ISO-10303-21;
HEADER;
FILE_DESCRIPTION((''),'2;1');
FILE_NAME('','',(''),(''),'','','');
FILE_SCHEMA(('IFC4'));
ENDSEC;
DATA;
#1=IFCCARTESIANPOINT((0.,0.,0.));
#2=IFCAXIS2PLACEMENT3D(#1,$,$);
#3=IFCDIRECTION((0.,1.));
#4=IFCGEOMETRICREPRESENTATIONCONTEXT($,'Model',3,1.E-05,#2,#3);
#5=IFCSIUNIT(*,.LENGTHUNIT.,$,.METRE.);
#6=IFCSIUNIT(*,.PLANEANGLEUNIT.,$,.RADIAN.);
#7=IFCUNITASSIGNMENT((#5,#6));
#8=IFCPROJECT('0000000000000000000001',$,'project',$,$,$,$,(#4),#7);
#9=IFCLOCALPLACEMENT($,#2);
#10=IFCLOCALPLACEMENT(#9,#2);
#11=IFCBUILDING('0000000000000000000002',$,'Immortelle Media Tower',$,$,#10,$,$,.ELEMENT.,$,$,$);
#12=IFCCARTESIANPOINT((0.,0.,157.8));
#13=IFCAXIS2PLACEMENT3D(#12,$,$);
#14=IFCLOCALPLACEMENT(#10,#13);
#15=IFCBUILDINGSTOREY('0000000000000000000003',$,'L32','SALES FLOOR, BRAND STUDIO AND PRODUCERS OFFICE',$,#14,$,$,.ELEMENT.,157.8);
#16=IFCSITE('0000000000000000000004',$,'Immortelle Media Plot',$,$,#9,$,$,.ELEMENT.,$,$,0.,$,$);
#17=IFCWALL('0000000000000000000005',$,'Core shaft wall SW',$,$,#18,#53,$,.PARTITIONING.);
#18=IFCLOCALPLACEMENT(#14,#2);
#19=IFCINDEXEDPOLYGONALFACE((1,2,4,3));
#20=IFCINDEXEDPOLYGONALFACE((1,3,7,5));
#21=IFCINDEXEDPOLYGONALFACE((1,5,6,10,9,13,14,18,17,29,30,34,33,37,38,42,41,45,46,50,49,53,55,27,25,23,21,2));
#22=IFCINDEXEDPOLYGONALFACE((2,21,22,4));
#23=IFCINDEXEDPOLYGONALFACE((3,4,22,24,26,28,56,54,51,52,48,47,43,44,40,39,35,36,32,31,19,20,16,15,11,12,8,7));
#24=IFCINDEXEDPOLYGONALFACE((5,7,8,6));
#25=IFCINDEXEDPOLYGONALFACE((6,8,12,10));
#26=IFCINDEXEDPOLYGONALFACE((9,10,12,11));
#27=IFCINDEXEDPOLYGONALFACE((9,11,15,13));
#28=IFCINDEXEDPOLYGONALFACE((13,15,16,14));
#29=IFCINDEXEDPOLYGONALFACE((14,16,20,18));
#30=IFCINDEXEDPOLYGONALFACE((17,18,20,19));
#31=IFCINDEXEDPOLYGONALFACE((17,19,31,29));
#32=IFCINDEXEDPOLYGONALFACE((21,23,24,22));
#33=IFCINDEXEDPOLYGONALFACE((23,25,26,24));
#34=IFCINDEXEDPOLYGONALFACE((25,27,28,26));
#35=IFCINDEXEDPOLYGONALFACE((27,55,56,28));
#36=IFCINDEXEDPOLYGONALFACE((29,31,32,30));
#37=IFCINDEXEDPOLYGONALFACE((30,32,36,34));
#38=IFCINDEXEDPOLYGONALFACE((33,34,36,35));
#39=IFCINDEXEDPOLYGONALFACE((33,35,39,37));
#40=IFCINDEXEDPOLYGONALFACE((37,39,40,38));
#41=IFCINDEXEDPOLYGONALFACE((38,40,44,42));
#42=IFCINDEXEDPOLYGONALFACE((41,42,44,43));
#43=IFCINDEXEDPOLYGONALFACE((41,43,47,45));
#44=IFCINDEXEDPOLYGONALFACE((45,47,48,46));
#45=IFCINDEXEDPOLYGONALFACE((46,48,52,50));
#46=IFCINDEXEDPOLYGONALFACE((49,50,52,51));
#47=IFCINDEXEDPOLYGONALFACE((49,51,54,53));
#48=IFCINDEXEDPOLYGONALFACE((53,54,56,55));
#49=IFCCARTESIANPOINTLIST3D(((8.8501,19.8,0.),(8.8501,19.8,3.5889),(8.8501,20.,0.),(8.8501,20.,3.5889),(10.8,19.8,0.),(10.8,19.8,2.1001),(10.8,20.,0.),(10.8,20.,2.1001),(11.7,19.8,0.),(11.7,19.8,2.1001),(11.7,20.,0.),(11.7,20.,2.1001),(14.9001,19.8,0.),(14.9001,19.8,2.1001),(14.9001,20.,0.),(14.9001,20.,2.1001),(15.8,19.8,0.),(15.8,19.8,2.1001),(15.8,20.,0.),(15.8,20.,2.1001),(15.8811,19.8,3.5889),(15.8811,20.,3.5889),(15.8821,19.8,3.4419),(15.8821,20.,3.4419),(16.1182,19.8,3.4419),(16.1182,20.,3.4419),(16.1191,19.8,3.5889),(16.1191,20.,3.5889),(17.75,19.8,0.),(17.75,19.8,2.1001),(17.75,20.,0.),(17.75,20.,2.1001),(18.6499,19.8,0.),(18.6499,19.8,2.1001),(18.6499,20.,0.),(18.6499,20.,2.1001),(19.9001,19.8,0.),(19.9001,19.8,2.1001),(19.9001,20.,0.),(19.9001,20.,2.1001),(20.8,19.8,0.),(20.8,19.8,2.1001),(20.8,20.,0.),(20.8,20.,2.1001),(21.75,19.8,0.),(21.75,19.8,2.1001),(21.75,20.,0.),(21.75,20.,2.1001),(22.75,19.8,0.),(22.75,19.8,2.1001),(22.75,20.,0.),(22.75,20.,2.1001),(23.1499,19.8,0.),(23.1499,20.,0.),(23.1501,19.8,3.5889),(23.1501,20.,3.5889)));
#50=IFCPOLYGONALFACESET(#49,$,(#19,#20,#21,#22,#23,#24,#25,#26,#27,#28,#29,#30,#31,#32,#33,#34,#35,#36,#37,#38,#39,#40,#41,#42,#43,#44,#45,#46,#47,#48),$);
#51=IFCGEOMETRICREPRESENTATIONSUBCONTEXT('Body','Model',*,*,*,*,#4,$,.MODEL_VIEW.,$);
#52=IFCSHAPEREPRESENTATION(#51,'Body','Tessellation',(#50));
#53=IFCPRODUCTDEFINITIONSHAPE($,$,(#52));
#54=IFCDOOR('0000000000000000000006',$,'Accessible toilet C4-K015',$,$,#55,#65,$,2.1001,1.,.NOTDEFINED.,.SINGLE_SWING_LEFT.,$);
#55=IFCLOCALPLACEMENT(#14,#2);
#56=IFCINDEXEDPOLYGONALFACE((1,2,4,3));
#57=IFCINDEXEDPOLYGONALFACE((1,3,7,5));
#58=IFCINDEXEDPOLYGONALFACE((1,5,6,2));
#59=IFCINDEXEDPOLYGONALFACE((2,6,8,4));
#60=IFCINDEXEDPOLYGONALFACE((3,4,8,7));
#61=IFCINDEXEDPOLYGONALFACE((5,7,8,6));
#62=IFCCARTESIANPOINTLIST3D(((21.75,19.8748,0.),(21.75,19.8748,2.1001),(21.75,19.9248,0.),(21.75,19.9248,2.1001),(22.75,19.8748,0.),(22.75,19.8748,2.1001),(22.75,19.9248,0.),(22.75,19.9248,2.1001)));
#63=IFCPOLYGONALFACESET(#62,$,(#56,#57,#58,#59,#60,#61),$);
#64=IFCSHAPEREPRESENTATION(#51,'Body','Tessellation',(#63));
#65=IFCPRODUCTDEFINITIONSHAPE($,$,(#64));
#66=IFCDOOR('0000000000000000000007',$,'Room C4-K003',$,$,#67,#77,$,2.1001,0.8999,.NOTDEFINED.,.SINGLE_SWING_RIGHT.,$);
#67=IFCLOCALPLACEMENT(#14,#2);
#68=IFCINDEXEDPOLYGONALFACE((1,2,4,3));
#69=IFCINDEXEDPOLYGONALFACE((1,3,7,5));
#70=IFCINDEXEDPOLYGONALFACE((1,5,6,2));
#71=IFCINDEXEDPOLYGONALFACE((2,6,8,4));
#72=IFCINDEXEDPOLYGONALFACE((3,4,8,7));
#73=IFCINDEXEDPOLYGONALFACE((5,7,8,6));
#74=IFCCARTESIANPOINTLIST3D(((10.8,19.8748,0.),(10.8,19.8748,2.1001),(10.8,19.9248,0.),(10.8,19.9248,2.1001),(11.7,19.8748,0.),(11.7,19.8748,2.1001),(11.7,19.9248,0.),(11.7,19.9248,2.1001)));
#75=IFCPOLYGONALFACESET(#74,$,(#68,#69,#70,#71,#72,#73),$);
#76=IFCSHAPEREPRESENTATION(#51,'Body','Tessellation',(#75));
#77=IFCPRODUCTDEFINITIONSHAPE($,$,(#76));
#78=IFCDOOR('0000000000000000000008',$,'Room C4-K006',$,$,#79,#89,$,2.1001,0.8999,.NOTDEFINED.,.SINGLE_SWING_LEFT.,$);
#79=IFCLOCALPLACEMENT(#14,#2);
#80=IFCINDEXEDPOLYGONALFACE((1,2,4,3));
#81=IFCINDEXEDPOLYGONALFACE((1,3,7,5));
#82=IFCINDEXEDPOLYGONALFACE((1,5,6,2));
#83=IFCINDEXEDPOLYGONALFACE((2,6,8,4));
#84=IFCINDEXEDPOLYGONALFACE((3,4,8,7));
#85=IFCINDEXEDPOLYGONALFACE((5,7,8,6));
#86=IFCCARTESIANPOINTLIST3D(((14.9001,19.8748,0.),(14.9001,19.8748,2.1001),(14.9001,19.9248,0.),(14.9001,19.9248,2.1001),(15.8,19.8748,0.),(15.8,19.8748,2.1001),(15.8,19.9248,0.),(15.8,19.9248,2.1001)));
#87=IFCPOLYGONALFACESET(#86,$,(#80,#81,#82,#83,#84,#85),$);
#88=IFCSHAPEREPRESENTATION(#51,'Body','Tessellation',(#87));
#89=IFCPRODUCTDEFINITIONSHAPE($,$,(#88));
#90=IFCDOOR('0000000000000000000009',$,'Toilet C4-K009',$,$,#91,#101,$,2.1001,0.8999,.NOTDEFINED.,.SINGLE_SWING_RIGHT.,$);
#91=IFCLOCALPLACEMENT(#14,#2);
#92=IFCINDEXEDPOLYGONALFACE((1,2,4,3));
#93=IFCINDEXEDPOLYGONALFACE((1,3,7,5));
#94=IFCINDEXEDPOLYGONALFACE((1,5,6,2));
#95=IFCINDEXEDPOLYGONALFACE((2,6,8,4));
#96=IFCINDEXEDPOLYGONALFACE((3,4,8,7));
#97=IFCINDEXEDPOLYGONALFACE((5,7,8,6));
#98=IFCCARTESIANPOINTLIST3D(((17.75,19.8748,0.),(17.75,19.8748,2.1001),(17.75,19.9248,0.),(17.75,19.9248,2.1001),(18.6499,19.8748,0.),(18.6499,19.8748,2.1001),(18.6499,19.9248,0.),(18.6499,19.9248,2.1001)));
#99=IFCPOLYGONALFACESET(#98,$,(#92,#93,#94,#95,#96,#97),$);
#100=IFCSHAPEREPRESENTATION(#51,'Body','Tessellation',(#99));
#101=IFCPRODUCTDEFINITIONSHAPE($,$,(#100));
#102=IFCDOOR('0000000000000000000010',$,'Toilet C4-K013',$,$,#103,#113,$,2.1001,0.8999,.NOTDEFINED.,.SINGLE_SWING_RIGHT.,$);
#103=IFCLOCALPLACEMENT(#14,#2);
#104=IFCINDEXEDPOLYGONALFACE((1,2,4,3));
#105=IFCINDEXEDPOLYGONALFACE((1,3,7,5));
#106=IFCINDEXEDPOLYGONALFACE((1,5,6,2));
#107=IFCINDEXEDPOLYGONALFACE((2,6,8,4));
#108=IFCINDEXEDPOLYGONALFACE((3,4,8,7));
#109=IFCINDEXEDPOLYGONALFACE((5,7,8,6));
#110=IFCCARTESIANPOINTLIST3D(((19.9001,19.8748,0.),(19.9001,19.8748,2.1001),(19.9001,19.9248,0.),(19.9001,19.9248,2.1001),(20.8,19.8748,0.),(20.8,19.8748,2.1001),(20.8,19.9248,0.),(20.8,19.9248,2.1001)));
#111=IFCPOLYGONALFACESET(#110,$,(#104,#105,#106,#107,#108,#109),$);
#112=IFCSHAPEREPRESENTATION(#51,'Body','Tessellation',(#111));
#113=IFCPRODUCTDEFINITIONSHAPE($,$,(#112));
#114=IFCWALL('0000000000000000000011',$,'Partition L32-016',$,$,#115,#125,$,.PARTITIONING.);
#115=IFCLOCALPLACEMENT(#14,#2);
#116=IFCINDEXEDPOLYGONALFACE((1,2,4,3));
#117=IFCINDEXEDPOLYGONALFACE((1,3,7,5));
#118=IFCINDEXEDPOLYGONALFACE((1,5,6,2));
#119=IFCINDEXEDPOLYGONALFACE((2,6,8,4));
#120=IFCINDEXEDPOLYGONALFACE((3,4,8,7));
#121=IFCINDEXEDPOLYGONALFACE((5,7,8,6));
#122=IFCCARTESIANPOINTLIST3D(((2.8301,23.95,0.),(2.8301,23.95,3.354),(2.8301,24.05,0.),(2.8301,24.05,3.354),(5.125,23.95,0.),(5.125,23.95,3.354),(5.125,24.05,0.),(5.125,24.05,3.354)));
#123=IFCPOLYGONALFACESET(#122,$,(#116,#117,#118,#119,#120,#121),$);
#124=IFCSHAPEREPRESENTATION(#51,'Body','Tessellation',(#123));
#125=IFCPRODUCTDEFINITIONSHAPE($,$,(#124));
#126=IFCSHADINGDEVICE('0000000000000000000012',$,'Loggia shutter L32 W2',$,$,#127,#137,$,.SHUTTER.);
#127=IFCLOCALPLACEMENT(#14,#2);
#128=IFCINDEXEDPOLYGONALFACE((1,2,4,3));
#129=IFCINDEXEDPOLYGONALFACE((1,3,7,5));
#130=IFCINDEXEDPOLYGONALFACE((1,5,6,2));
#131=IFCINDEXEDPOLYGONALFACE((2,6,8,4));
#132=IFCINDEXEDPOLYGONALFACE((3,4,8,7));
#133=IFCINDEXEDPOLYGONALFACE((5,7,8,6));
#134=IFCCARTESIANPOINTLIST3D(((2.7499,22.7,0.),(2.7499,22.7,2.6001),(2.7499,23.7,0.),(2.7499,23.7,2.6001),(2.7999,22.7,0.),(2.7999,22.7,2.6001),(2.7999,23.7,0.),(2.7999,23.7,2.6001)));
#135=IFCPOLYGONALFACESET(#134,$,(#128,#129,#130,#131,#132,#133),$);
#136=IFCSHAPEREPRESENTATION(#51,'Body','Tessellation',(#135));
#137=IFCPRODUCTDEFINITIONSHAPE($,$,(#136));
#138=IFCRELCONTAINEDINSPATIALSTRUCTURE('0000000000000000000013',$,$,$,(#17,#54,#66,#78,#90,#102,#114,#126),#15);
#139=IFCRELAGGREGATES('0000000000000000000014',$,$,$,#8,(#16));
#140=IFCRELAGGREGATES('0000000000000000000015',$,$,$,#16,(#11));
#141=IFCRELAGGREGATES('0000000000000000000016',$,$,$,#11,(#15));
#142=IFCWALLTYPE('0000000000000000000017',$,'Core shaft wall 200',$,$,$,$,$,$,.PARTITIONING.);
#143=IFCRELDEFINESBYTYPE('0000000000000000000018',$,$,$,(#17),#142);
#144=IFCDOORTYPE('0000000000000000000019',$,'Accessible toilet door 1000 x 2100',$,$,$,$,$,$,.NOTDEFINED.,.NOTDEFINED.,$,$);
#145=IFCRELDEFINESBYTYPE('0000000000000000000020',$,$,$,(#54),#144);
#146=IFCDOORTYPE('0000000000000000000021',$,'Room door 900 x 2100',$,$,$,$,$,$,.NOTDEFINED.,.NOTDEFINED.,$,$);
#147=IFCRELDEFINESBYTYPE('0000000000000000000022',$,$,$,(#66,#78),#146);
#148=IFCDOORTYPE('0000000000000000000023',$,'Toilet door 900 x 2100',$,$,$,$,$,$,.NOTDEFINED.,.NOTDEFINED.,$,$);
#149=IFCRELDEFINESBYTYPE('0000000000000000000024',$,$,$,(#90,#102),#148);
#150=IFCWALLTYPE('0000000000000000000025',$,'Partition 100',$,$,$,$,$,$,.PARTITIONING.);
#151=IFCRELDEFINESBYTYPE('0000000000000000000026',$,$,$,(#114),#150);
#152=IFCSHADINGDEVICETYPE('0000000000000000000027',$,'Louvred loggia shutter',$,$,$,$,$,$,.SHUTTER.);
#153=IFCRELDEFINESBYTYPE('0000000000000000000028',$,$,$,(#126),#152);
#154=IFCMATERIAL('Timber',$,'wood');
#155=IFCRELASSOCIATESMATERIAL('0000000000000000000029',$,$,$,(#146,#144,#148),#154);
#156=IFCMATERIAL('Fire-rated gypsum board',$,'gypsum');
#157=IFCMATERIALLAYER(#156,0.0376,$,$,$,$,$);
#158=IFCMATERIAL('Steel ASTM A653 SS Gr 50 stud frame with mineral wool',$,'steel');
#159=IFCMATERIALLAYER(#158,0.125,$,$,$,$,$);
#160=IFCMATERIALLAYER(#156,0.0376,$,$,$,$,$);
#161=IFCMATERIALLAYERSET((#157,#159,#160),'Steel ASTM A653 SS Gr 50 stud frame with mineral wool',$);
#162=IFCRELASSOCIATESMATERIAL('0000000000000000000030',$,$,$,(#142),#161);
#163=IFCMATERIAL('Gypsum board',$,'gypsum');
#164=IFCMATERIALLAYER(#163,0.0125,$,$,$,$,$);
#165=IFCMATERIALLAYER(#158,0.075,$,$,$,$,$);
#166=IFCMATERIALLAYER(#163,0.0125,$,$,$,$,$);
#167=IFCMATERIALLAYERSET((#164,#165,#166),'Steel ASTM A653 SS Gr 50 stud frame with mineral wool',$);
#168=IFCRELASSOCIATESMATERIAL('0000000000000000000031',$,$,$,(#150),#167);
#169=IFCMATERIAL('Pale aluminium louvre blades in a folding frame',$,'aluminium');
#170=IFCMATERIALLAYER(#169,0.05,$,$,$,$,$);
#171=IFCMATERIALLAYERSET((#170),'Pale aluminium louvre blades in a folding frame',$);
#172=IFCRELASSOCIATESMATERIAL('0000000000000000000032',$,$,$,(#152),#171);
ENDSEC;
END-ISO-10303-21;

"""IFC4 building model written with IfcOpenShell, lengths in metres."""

from ifc_helpers import new_model, si_unit, direction, frame, frame_2d, origin, origin_2d, place, context, subcontext, project, spatial, polyline, rectangle, outline, extrude, material, layer, layer_set, type_object, element, fill, save


model = new_model("IFC4")

# Units and contexts
model_context = context("Model", 3, precision=1e-05, world=origin(), true_north=direction((0.0, 1.0)))
body_context = subcontext(model_context, "Body", "Model", "MODEL_VIEW")
ifc_project = project(units=[si_unit("LENGTHUNIT", "METRE"), si_unit("PLANEANGLEUNIT", "RADIAN")], contexts=[model_context])

# Site, building, storey
site_placement = place(None, origin())
site = spatial("IfcSite", under=ifc_project, at=site_placement, Name="Immortelle Media Plot", CompositionType="ELEMENT", RefElevation=0.0)
building_placement = place(site_placement, origin())
building = spatial("IfcBuilding", under=site, at=building_placement, Name="Immortelle Media Tower", CompositionType="ELEMENT")
storey_placement = place(building_placement, frame((0.0, 0.0, 157.8)))
storey = spatial("IfcBuildingStorey", under=building, at=storey_placement, Name="L32", Description="SALES FLOOR, BRAND STUDIO AND PRODUCERS OFFICE", CompositionType="ELEMENT", Elevation=157.8)

# Shared definitions
ifc_material_1 = material(Name="Fire-rated gypsum board", Category="gypsum")
ifc_material_2 = material(Name="Steel ASTM A653 SS Gr 50 stud frame with mineral wool", Category="steel")

# Shared definitions
ifc_material_3 = material(Name="Timber", Category="wood")
door_type_1 = type_object("IfcDoorType", Name="Room door 900 x 2100", OperationType="NOTDEFINED", PredefinedType="NOTDEFINED", material=ifc_material_3)

# Shared definitions
ifc_layer_1 = layer(ifc_material_1, 0.0376)
ifc_layer_2 = layer(ifc_material_2, 0.125)
ifc_layer_3 = layer(ifc_material_1, 0.0376)
ifc_layer_set_1 = layer_set([ifc_layer_1, ifc_layer_2, ifc_layer_3], Name="Steel ASTM A653 SS Gr 50 stud frame with mineral wool")
wall_type_1 = type_object("IfcWallType", Name="Core shaft wall 200", PredefinedType="PARTITIONING", material=ifc_layer_set_1)

# Wall, openings, doors
wall_1_placement = place(storey_placement, frame((8.8501, 19.8999, 0.0), z_axis=(0.0, 0.0, 1.0), x_axis=(1.0, 0.0, 0.0)))
wall_1 = element("IfcWall", 1, at=wall_1_placement, inside=storey, type_object=wall_type_1, Name="Core shaft wall SW", PredefinedType="PARTITIONING", context=body_context, shape_type="SweptSolid", body=[
    extrude(outline(polyline([(0.0, 0.0), (14.2998, 0.0), (14.3, 3.5889), (7.269, 3.5889), (7.2681, 3.4419), (7.032, 3.4419), (7.031, 3.5889), (0.0, 3.5889), (0.0, 0.0)])), frame((0.0, 0.1001, 0.0), z_axis=(0.0, -1.0, 0.0), x_axis=(1.0, 0.0, 0.0)), (0.0, 0.0, 1.0), 0.2),
])
opening_1_placement = place(wall_1_placement, frame((1.95, 0.0, 0.0)))
opening_1 = element("IfcOpeningElement", 2, at=opening_1_placement, cuts=wall_1, PredefinedType="OPENING", context=body_context, shape_type="SweptSolid", body=[
    extrude(rectangle(XDim=0.8999, YDim=2.1001, at=frame_2d((0.45, 1.05))), frame((0.0, 0.1099, 0.0), z_axis=(0.0, -1.0, 0.0), x_axis=(1.0, 0.0, 0.0)), (0.0, 0.0, 1.0), 0.22),
])
opening_2_placement = place(wall_1_placement, frame((6.05, 0.0, 0.0)))
opening_2 = element("IfcOpeningElement", 3, at=opening_2_placement, cuts=wall_1, PredefinedType="OPENING", context=body_context, shape_type="SweptSolid", body=[
    extrude(rectangle(XDim=0.8999, YDim=2.1001, at=frame_2d((0.45, 1.05))), frame((0.0, 0.1099, 0.0), z_axis=(0.0, -1.0, 0.0), x_axis=(1.0, 0.0, 0.0)), (0.0, 0.0, 1.0), 0.22),
])
opening_3_placement = place(wall_1_placement, frame((8.8999, 0.0, 0.0)))
opening_3 = element("IfcOpeningElement", 4, at=opening_3_placement, cuts=wall_1, PredefinedType="OPENING", context=body_context, shape_type="SweptSolid", body=[
    extrude(rectangle(XDim=0.8999, YDim=2.1001, at=frame_2d((0.45, 1.05))), frame((0.0, 0.1099, 0.0), z_axis=(0.0, -1.0, 0.0), x_axis=(1.0, 0.0, 0.0)), (0.0, 0.0, 1.0), 0.22),
])
opening_4_placement = place(wall_1_placement, frame((11.05, 0.0, 0.0)))
opening_4 = element("IfcOpeningElement", 5, at=opening_4_placement, cuts=wall_1, PredefinedType="OPENING", context=body_context, shape_type="SweptSolid", body=[
    extrude(rectangle(XDim=0.8999, YDim=2.1001, at=frame_2d((0.45, 1.05))), frame((0.0, 0.1099, 0.0), z_axis=(0.0, -1.0, 0.0), x_axis=(1.0, 0.0, 0.0)), (0.0, 0.0, 1.0), 0.22),
])
opening_5_placement = place(wall_1_placement, frame((12.8999, 0.0, 0.0)))
opening_5 = element("IfcOpeningElement", 6, at=opening_5_placement, cuts=wall_1, PredefinedType="OPENING", context=body_context, shape_type="SweptSolid", body=[
    extrude(rectangle(XDim=1.0, YDim=2.1001, at=frame_2d((0.5, 1.05))), frame((0.0, 0.1099, 0.0), z_axis=(0.0, -1.0, 0.0), x_axis=(1.0, 0.0, 0.0)), (0.0, 0.0, 1.0), 0.22),
])
door_type_2 = type_object("IfcDoorType", Name="Accessible toilet door 1000 x 2100", OperationType="NOTDEFINED", PredefinedType="NOTDEFINED", material=ifc_material_3)
door_1_placement = place(opening_5_placement, origin())
door_1 = element("IfcDoor", 7, at=door_1_placement, inside=storey, type_object=door_type_2, Name="Accessible toilet C4-K015", OperationType="SINGLE_SWING_LEFT", OverallHeight=2.1001, OverallWidth=1.0, PredefinedType="NOTDEFINED", context=body_context, shape_type="SweptSolid", body=[
    extrude(rectangle(XDim=1.0, YDim=2.1001, at=frame_2d((0.5, 1.05))), frame((0.0, 0.0249, 0.0), z_axis=(0.0, -1.0, 0.0), x_axis=(1.0, 0.0, 0.0)), (0.0, 0.0, 1.0), 0.05),
])
fill(opening_5, door_1)
door_2_placement = place(opening_1_placement, origin())
door_2 = element("IfcDoor", 8, at=door_2_placement, inside=storey, type_object=door_type_1, Name="Room C4-K003", OperationType="SINGLE_SWING_RIGHT", OverallHeight=2.1001, OverallWidth=0.8999, PredefinedType="NOTDEFINED", context=body_context, shape_type="SweptSolid", body=[
    extrude(rectangle(XDim=0.8999, YDim=2.1001, at=frame_2d((0.45, 1.05))), frame((0.0, 0.0249, 0.0), z_axis=(0.0, -1.0, 0.0), x_axis=(1.0, 0.0, 0.0)), (0.0, 0.0, 1.0), 0.05),
])
fill(opening_1, door_2)
door_3_placement = place(opening_2_placement, origin())
door_3 = element("IfcDoor", 9, at=door_3_placement, inside=storey, type_object=door_type_1, Name="Room C4-K006", OperationType="SINGLE_SWING_LEFT", OverallHeight=2.1001, OverallWidth=0.8999, PredefinedType="NOTDEFINED", context=body_context, shape_type="SweptSolid", body=[
    extrude(rectangle(XDim=0.8999, YDim=2.1001, at=frame_2d((0.45, 1.05))), frame((0.0, 0.0249, 0.0), z_axis=(0.0, -1.0, 0.0), x_axis=(1.0, 0.0, 0.0)), (0.0, 0.0, 1.0), 0.05),
])
fill(opening_2, door_3)
door_type_3 = type_object("IfcDoorType", Name="Toilet door 900 x 2100", OperationType="NOTDEFINED", PredefinedType="NOTDEFINED", material=ifc_material_3)
door_4_placement = place(opening_3_placement, origin())
door_4 = element("IfcDoor", 10, at=door_4_placement, inside=storey, type_object=door_type_3, Name="Toilet C4-K009", OperationType="SINGLE_SWING_RIGHT", OverallHeight=2.1001, OverallWidth=0.8999, PredefinedType="NOTDEFINED", context=body_context, shape_type="SweptSolid", body=[
    extrude(rectangle(XDim=0.8999, YDim=2.1001, at=frame_2d((0.45, 1.05))), frame((0.0, 0.0249, 0.0), z_axis=(0.0, -1.0, 0.0), x_axis=(1.0, 0.0, 0.0)), (0.0, 0.0, 1.0), 0.05),
])
fill(opening_3, door_4)
door_5_placement = place(opening_4_placement, origin())
door_5 = element("IfcDoor", 11, at=door_5_placement, inside=storey, type_object=door_type_3, Name="Toilet C4-K013", OperationType="SINGLE_SWING_RIGHT", OverallHeight=2.1001, OverallWidth=0.8999, PredefinedType="NOTDEFINED", context=body_context, shape_type="SweptSolid", body=[
    extrude(rectangle(XDim=0.8999, YDim=2.1001, at=frame_2d((0.45, 1.05))), frame((0.0, 0.0249, 0.0), z_axis=(0.0, -1.0, 0.0), x_axis=(1.0, 0.0, 0.0)), (0.0, 0.0, 1.0), 0.05),
])
fill(opening_4, door_5)

# Wall
ifc_material_4 = material(Name="Gypsum board", Category="gypsum")
ifc_layer_4 = layer(ifc_material_4, 0.0125)
ifc_layer_5 = layer(ifc_material_2, 0.075)
ifc_layer_6 = layer(ifc_material_4, 0.0125)
ifc_layer_set_2 = layer_set([ifc_layer_4, ifc_layer_5, ifc_layer_6], Name="Steel ASTM A653 SS Gr 50 stud frame with mineral wool")
wall_type_2 = type_object("IfcWallType", Name="Partition 100", PredefinedType="PARTITIONING", material=ifc_layer_set_2)
wall_2_placement = place(storey_placement, frame((2.8301, 24.0, 0.0), z_axis=(0.0, 0.0, 1.0), x_axis=(1.0, 0.0, 0.0)))
element("IfcWall", 12, at=wall_2_placement, inside=storey, type_object=wall_type_2, Name="Partition L32-016", PredefinedType="PARTITIONING", context=body_context, shape_type="SweptSolid", body=[
    extrude(rectangle(XDim=2.2949, YDim=0.1001, at=frame_2d((1.1475, 0.0))), origin(), (0.0, 0.0, 1.0), 3.354),
])

# Shading device
ifc_material_5 = material(Name="Pale aluminium louvre blades in a folding frame", Category="aluminium")
ifc_layer_7 = layer(ifc_material_5, 0.05)
ifc_layer_set_3 = layer_set([ifc_layer_7], Name="Pale aluminium louvre blades in a folding frame")
shading_device_type = type_object("IfcShadingDeviceType", Name="Louvred loggia shutter", PredefinedType="SHUTTER", material=ifc_layer_set_3)
shading_device_placement = place(storey_placement, frame((2.7749, 23.2, 0.0), z_axis=(0.0, 0.0, 1.0), x_axis=(0.0, -1.0, 0.0)))
element("IfcShadingDevice", 13, at=shading_device_placement, inside=storey, type_object=shading_device_type, Name="Loggia shutter L32 W2", PredefinedType="SHUTTER", context=body_context, shape_type="SweptSolid", body=[
    extrude(rectangle(XDim=1.0, YDim=0.05, at=origin_2d()), origin(), (0.0, 0.0, 1.0), 2.6001),
])

save(model, "model.ifc")
